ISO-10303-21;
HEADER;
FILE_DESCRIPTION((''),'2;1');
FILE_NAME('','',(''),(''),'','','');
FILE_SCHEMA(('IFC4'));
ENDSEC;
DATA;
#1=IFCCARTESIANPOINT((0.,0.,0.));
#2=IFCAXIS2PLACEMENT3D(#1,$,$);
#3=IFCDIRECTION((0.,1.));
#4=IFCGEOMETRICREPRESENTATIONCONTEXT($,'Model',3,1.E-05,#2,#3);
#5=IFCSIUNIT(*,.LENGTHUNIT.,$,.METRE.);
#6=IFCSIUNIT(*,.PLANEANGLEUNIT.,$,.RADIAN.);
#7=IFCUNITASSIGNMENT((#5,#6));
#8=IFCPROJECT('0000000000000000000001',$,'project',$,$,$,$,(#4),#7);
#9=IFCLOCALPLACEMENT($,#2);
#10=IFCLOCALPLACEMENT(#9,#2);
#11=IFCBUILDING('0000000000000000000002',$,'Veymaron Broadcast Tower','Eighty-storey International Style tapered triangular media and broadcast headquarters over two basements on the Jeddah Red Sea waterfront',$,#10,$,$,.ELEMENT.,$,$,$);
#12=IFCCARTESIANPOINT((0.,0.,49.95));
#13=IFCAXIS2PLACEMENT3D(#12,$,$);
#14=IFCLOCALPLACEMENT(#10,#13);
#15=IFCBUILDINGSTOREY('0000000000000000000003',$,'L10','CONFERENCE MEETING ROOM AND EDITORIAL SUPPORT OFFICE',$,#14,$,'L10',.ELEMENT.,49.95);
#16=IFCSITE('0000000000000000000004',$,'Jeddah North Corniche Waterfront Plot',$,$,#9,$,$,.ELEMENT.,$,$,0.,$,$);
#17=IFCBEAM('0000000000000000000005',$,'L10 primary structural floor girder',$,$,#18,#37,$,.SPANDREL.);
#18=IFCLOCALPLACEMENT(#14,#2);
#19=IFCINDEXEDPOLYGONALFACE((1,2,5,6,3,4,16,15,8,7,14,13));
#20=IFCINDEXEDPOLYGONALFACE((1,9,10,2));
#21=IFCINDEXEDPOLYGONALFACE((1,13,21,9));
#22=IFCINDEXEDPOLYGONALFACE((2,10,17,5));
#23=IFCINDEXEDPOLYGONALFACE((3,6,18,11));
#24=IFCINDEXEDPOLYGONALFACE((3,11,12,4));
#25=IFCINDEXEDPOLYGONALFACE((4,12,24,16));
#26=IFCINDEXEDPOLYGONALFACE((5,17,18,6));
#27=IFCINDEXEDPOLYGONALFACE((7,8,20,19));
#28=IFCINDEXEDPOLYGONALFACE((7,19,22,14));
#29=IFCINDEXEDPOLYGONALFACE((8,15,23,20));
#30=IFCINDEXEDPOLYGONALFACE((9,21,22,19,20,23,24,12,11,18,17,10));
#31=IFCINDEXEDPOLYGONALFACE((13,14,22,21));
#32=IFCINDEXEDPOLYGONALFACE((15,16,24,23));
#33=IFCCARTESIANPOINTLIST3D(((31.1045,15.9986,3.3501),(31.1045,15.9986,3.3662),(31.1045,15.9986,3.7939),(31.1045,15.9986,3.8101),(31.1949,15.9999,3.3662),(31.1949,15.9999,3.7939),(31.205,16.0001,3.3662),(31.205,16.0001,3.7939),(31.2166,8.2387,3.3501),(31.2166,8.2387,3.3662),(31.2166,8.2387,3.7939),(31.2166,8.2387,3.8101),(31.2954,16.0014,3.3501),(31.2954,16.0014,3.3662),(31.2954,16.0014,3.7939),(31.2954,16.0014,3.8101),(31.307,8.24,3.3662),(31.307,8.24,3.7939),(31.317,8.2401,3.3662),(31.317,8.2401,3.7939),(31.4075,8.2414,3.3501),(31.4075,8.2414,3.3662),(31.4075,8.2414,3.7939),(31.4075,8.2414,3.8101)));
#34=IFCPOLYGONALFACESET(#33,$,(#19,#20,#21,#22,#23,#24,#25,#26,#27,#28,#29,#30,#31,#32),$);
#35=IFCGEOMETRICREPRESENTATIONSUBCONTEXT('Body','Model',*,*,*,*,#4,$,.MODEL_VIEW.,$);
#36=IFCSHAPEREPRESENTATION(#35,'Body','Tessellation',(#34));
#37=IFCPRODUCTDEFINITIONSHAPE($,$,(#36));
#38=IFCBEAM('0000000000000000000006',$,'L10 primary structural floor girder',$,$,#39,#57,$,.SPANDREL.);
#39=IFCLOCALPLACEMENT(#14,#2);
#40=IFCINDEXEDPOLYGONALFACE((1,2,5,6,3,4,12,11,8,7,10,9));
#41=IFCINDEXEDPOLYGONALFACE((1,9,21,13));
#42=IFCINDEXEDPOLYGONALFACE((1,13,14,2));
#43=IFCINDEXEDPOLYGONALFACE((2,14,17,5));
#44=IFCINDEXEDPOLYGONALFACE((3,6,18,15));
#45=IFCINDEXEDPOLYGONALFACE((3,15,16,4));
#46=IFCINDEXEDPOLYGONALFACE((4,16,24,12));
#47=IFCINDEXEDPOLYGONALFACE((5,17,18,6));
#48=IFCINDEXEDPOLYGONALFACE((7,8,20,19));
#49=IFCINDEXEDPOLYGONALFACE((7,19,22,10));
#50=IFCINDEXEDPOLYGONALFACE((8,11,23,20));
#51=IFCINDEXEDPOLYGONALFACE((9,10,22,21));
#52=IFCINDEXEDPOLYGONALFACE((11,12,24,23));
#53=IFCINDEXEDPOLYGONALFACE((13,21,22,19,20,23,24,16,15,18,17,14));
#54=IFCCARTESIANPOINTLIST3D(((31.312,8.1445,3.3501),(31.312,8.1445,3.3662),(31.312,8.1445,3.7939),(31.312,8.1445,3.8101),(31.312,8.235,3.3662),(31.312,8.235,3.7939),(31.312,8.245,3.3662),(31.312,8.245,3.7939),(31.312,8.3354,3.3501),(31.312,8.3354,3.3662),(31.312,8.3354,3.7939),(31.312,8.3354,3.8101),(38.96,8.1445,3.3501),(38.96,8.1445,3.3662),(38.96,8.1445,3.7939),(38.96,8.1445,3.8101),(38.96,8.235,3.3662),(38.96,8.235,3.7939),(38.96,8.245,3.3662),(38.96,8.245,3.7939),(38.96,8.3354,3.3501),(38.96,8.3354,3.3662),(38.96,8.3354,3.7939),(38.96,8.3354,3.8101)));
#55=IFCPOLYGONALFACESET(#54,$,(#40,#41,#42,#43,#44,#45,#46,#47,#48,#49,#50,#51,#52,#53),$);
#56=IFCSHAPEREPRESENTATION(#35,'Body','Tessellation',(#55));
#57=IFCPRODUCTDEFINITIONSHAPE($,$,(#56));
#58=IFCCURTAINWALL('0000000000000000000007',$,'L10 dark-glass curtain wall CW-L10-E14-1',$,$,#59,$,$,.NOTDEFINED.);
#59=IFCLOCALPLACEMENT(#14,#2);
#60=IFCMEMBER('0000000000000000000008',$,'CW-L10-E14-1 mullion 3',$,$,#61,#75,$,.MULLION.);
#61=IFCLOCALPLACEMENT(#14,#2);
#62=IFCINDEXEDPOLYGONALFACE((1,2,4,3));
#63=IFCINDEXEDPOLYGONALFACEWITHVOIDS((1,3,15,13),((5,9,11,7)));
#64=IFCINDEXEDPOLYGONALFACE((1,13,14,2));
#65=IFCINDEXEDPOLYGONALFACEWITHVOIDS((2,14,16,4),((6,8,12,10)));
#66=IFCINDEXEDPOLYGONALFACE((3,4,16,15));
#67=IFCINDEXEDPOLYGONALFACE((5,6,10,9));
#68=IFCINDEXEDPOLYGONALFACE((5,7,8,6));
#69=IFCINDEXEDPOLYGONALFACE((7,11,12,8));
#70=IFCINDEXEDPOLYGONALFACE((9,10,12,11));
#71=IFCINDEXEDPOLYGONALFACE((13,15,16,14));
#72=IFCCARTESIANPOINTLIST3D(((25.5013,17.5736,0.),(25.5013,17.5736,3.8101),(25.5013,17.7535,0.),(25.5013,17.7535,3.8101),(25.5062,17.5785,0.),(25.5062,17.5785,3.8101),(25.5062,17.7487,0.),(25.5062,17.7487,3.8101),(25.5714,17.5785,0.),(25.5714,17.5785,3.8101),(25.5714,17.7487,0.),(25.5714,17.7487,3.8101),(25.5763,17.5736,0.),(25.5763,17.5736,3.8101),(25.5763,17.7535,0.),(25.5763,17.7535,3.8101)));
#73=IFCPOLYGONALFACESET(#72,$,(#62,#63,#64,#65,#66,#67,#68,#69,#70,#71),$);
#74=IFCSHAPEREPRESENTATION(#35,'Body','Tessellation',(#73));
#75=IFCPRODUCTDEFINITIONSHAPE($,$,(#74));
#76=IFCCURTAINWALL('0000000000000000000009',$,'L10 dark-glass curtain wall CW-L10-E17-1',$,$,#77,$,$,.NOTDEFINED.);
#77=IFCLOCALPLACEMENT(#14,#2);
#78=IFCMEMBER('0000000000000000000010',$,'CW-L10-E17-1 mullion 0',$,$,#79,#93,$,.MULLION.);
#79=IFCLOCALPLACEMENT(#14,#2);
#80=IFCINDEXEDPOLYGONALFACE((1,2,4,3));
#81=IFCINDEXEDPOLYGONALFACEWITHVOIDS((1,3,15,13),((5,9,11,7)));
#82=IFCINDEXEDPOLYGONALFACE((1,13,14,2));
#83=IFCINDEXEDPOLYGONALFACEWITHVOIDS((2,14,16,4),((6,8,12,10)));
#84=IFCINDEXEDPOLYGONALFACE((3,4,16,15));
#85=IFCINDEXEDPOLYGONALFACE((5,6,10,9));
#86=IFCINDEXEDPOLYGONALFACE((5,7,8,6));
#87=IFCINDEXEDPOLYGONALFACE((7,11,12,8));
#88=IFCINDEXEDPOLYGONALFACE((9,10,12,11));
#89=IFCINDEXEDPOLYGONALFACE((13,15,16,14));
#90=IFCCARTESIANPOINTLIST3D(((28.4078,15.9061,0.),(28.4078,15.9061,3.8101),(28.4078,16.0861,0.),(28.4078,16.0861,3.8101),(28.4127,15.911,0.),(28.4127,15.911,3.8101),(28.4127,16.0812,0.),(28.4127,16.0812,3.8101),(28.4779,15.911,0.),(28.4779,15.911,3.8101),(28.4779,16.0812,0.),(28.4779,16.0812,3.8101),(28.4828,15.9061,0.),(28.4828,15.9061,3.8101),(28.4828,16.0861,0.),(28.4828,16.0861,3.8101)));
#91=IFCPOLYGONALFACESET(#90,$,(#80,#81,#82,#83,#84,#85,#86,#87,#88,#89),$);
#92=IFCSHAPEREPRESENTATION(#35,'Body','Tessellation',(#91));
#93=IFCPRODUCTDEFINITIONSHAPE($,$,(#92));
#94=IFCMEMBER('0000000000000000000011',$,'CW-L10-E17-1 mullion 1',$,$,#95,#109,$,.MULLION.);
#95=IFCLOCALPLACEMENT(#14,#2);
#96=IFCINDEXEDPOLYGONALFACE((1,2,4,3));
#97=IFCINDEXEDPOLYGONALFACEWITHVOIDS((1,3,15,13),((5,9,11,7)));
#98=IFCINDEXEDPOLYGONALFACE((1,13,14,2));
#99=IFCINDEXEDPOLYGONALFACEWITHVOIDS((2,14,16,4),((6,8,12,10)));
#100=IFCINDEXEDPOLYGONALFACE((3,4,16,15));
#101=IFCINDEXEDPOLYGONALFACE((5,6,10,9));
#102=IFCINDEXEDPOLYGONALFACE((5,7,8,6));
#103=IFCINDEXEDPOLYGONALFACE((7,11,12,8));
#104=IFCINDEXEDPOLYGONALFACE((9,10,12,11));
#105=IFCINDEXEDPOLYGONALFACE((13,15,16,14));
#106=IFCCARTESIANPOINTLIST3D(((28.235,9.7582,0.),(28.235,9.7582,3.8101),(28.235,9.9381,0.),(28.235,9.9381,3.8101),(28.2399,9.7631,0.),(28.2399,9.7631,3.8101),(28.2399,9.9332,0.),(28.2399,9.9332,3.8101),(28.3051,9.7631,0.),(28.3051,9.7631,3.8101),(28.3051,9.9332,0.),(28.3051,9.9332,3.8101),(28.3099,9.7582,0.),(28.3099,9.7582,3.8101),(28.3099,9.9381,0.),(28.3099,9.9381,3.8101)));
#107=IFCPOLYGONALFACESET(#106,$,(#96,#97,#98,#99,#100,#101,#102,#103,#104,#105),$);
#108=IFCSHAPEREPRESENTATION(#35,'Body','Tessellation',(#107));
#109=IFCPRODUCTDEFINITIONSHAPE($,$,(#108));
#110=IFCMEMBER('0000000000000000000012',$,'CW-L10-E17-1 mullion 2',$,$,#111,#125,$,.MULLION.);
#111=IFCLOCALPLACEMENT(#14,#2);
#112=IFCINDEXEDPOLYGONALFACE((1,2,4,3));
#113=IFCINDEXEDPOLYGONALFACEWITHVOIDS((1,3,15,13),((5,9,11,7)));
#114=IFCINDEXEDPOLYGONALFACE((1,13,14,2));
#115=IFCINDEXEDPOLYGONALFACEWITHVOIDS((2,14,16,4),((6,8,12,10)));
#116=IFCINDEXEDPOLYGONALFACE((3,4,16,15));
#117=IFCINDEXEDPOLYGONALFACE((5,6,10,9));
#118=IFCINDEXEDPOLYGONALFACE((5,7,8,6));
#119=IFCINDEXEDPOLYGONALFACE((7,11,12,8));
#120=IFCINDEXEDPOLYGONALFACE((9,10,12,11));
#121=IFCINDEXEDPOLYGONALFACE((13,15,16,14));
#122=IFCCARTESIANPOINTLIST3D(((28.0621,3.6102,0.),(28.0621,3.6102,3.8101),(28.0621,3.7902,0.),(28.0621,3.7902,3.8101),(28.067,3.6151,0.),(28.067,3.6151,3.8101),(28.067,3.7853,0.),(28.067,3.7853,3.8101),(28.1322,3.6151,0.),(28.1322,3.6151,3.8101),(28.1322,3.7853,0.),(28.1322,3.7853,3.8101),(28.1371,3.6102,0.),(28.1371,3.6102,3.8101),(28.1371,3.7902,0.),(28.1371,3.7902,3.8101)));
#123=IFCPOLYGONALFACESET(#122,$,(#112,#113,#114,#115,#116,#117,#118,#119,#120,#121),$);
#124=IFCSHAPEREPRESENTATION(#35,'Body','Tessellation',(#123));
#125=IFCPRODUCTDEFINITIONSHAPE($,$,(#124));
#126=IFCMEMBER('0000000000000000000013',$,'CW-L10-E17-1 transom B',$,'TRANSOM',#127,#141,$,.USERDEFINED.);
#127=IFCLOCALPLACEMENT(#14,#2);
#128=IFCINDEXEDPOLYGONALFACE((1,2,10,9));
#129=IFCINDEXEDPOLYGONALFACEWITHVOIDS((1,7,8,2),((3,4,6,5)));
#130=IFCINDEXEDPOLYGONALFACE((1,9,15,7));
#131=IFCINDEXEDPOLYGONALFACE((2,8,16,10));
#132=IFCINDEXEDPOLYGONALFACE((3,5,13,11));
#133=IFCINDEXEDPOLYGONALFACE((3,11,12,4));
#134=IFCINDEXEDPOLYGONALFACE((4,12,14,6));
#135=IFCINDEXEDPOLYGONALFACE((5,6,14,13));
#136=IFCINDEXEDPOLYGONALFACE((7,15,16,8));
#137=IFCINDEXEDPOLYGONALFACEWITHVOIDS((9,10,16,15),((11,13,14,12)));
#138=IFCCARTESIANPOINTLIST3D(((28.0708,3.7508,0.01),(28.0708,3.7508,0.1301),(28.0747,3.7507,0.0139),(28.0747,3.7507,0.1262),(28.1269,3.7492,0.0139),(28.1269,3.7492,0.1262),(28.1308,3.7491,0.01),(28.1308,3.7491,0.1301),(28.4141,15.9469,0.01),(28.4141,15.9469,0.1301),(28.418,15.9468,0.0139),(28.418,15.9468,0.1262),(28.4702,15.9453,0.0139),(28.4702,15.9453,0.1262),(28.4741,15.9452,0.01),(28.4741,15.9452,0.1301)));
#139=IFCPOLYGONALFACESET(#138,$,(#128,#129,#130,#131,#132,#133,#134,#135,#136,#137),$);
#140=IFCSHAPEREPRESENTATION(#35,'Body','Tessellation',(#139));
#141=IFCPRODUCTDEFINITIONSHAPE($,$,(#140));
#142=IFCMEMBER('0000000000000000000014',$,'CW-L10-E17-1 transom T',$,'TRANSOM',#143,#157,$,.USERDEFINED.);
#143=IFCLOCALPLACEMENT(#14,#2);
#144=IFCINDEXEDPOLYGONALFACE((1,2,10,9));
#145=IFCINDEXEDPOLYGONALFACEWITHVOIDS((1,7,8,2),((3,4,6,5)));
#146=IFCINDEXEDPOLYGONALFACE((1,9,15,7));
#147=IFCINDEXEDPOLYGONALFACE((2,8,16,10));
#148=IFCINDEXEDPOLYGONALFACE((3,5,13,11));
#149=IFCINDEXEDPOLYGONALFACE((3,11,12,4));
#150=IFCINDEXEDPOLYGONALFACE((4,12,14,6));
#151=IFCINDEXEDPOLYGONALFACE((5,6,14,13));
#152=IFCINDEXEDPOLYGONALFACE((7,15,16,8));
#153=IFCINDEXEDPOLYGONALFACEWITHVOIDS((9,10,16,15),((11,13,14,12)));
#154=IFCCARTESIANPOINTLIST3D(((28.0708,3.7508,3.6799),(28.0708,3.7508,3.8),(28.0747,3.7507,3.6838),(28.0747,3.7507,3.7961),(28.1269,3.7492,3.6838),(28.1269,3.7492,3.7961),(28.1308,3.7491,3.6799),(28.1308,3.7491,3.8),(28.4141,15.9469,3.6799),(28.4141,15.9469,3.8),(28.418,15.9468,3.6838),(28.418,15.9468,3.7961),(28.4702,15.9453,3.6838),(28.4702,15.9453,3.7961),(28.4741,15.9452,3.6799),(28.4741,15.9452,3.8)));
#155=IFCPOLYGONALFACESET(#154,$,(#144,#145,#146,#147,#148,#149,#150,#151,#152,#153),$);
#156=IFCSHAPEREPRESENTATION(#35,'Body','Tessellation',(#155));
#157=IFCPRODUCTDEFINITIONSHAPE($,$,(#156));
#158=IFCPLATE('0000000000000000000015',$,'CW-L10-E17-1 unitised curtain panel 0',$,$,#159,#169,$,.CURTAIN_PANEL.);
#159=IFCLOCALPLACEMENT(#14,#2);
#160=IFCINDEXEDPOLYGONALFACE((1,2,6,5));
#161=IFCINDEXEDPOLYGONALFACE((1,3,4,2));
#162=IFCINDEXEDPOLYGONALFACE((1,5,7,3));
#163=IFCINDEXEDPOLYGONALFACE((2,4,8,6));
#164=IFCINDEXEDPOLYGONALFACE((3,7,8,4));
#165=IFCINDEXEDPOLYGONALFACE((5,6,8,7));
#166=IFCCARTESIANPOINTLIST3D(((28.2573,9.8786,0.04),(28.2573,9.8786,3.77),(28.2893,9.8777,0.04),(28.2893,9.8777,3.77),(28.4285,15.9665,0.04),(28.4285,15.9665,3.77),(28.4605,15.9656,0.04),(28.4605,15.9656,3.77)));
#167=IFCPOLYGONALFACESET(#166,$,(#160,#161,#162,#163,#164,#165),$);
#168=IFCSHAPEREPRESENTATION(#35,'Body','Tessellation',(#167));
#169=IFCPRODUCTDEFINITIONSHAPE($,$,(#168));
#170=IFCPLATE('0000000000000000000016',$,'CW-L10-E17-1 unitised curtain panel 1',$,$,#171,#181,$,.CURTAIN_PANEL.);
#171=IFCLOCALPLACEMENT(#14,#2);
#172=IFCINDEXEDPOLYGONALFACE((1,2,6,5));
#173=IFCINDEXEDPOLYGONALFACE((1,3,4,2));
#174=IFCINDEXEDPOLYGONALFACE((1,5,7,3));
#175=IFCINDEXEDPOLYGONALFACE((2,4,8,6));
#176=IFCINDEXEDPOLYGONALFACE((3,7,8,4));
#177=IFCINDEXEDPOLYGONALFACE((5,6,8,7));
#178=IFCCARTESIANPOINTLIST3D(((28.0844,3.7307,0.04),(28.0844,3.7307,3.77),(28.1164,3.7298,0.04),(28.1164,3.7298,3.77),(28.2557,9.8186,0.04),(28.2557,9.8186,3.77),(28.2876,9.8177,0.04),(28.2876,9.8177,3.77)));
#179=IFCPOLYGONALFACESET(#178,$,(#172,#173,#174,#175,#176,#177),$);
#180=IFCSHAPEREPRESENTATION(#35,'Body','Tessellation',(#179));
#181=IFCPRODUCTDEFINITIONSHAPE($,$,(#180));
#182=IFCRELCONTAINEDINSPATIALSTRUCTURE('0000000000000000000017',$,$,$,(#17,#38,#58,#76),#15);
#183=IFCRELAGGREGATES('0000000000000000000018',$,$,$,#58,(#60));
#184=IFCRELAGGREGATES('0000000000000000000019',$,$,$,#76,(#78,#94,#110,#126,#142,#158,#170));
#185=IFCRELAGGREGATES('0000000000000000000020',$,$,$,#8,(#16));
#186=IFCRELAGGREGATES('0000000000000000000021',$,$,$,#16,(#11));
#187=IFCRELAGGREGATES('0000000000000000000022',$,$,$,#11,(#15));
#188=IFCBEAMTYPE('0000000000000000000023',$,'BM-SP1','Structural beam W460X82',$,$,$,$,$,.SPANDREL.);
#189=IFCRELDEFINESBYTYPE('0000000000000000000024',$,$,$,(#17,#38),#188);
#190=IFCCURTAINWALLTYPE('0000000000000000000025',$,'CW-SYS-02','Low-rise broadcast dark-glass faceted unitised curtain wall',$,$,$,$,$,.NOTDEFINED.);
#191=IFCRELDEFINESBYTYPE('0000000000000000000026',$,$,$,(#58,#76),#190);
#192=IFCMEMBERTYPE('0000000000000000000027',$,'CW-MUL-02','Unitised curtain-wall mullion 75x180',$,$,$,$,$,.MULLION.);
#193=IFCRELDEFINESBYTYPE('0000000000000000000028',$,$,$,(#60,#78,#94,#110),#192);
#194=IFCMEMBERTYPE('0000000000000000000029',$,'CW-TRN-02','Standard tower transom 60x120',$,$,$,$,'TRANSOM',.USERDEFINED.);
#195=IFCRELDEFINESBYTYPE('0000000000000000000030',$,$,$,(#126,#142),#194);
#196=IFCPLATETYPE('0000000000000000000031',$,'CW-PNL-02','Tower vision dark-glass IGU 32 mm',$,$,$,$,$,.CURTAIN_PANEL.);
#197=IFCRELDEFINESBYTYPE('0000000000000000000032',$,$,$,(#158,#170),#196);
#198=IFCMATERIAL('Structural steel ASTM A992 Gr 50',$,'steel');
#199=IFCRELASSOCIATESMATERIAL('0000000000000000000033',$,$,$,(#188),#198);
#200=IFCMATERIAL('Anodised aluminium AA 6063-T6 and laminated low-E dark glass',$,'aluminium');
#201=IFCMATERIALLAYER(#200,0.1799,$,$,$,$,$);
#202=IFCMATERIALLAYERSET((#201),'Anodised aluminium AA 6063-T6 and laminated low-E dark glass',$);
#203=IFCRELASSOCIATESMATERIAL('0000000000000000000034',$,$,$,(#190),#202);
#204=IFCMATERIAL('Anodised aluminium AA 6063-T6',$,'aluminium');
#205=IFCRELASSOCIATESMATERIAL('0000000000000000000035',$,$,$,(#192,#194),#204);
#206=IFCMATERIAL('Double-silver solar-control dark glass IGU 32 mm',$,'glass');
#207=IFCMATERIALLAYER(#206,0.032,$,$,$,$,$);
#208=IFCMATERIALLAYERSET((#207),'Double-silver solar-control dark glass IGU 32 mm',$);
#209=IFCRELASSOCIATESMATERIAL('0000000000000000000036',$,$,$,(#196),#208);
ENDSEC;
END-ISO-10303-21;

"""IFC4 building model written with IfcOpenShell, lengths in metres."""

from ifc_helpers import new_model, si_unit, direction, frame, origin, origin_2d, place, context, subcontext, project, spatial, rectangle, hollow_rectangle, i_section, extrude, material, layer, layer_set, material_profile, profile_set, type_object, element, aggregate, save


model = new_model("IFC4")

# Units and contexts
model_context = context("Model", 3, precision=1e-05, world=origin(), true_north=direction((0.0, 1.0)))
body_context = subcontext(model_context, "Body", "Model", "MODEL_VIEW")
ifc_project = project(units=[si_unit("LENGTHUNIT", "METRE"), si_unit("PLANEANGLEUNIT", "RADIAN")], contexts=[model_context])

# Site, building, storey
site_placement = place(None, origin())
site = spatial("IfcSite", under=ifc_project, at=site_placement, Name="Jeddah North Corniche Waterfront Plot", CompositionType="ELEMENT", RefElevation=0.0)
building_placement = place(site_placement, origin())
building = spatial("IfcBuilding", under=site, at=building_placement, Name="Veymaron Broadcast Tower", Description="Eighty-storey International Style tapered triangular media and broadcast headquarters over two basements on the Jeddah Red Sea waterfront", CompositionType="ELEMENT")
storey_placement = place(building_placement, frame((0.0, 0.0, 49.95)))
storey = spatial("IfcBuildingStorey", under=building, at=storey_placement, Name="L10", Description="CONFERENCE MEETING ROOM AND EDITORIAL SUPPORT OFFICE", LongName="L10", CompositionType="ELEMENT", Elevation=49.95)

# Beams
ifc_material_1 = material(Name="Structural steel ASTM A992 Gr 50", Category="steel")
ifc_material_profile_1 = material_profile(ifc_material_1, i_section(OverallWidth=0.1909, OverallDepth=0.46, WebThickness=0.01, FlangeThickness=0.0161, at=origin_2d()), Name="W460X82")
ifc_profile_set_1 = profile_set([ifc_material_profile_1], Name="Structural steel ASTM A992 Gr 50")
beam_type_1 = type_object("IfcBeamType", Name="BM-SP1", Description="Structural beam W460X82", PredefinedType="SPANDREL", material=ifc_profile_set_1)
beam_1_placement = place(storey_placement, frame((31.2, 16.0, 3.5801), z_axis=(0.014439, -0.999896, 0.0), x_axis=(0.999896, 0.014439, 0.0)))
element("IfcBeam", 1, at=beam_1_placement, inside=storey, type_object=beam_type_1, Name="L10 primary structural floor girder", PredefinedType="SPANDREL", context=body_context, shape_type="SweptSolid", body=[
    extrude(i_section(OverallWidth=0.1909, OverallDepth=0.46, WebThickness=0.01, FlangeThickness=0.0161, at=origin_2d()), origin(), (0.0, 0.0, 1.0), 7.7607),
])
beam_2_placement = place(storey_placement, frame((31.312, 8.24, 3.5801), z_axis=(1.0, 0.0, 0.0), x_axis=(0.0, 1.0, 0.0)))
element("IfcBeam", 2, at=beam_2_placement, inside=storey, type_object=beam_type_1, Name="L10 primary structural floor girder", PredefinedType="SPANDREL", context=body_context, shape_type="SweptSolid", body=[
    extrude(i_section(OverallWidth=0.1909, OverallDepth=0.46, WebThickness=0.01, FlangeThickness=0.0161, at=origin_2d()), origin(), (0.0, 0.0, 1.0), 7.6479),
])

# Curtain wall, member
ifc_material_2 = material(Name="Anodised aluminium AA 6063-T6 and laminated low-E dark glass", Category="aluminium")
ifc_layer_1 = layer(ifc_material_2, 0.1799)
ifc_layer_set_1 = layer_set([ifc_layer_1], Name="Anodised aluminium AA 6063-T6 and laminated low-E dark glass")
curtain_wall_type = type_object("IfcCurtainWallType", Name="CW-SYS-02", Description="Low-rise broadcast dark-glass faceted unitised curtain wall", PredefinedType="NOTDEFINED", material=ifc_layer_set_1)
curtain_wall_1_placement = place(storey_placement, origin())
curtain_wall_1 = element("IfcCurtainWall", 3, at=curtain_wall_1_placement, inside=storey, type_object=curtain_wall_type, Name="L10 dark-glass curtain wall CW-L10-E14-1", PredefinedType="NOTDEFINED")
ifc_material_3 = material(Name="Anodised aluminium AA 6063-T6", Category="aluminium")
ifc_material_profile_2 = material_profile(ifc_material_3, hollow_rectangle(XDim=0.075, YDim=0.1799, WallThickness=0.0049, at=origin_2d()), Name="AL180X75X5")
ifc_profile_set_2 = profile_set([ifc_material_profile_2], Name="Anodised aluminium AA 6063-T6")
member_type_1 = type_object("IfcMemberType", Name="CW-MUL-02", Description="Unitised curtain-wall mullion 75x180", PredefinedType="MULLION", material=ifc_profile_set_2)
member_1_placement = place(storey_placement, frame((25.5388, 17.6636, 0.0), z_axis=(0.0, 0.0, 1.0), x_axis=(1.0, 0.0, 0.0)))
member_1 = element("IfcMember", 4, at=member_1_placement, type_object=member_type_1, Name="CW-L10-E14-1 mullion 3", PredefinedType="MULLION", context=body_context, shape_type="SweptSolid", body=[
    extrude(hollow_rectangle(XDim=0.075, YDim=0.1799, WallThickness=0.0049, at=origin_2d()), origin(), (0.0, 0.0, 1.0), 3.8101),
])
aggregate(curtain_wall_1, [member_1])

# Curtain wall, members, plates
curtain_wall_2_placement = place(storey_placement, origin())
curtain_wall_2 = element("IfcCurtainWall", 5, at=curtain_wall_2_placement, inside=storey, type_object=curtain_wall_type, Name="L10 dark-glass curtain wall CW-L10-E17-1", PredefinedType="NOTDEFINED")
member_2_placement = place(storey_placement, frame((28.4453, 15.9961, 0.0), z_axis=(0.0, 0.0, 1.0), x_axis=(1.0, 0.0, 0.0)))
member_2 = element("IfcMember", 6, at=member_2_placement, type_object=member_type_1, Name="CW-L10-E17-1 mullion 0", PredefinedType="MULLION", context=body_context, shape_type="SweptSolid", body=[
    extrude(hollow_rectangle(XDim=0.075, YDim=0.1799, WallThickness=0.0049, at=origin_2d()), origin(), (0.0, 0.0, 1.0), 3.8101),
])
member_3_placement = place(storey_placement, frame((28.2725, 9.8481, 0.0), z_axis=(0.0, 0.0, 1.0), x_axis=(1.0, 0.0, 0.0)))
member_3 = element("IfcMember", 7, at=member_3_placement, type_object=member_type_1, Name="CW-L10-E17-1 mullion 1", PredefinedType="MULLION", context=body_context, shape_type="SweptSolid", body=[
    extrude(hollow_rectangle(XDim=0.075, YDim=0.1799, WallThickness=0.0049, at=origin_2d()), origin(), (0.0, 0.0, 1.0), 3.8101),
])
member_4_placement = place(storey_placement, frame((28.0996, 3.7002, 0.0), z_axis=(0.0, 0.0, 1.0), x_axis=(1.0, 0.0, 0.0)))
member_4 = element("IfcMember", 8, at=member_4_placement, type_object=member_type_1, Name="CW-L10-E17-1 mullion 2", PredefinedType="MULLION", context=body_context, shape_type="SweptSolid", body=[
    extrude(hollow_rectangle(XDim=0.075, YDim=0.1799, WallThickness=0.0049, at=origin_2d()), origin(), (0.0, 0.0, 1.0), 3.8101),
])
ifc_material_profile_3 = material_profile(ifc_material_3, hollow_rectangle(XDim=0.0601, YDim=0.1201, WallThickness=0.0039, at=origin_2d()), Name="AL120X60X4")
ifc_profile_set_3 = profile_set([ifc_material_profile_3], Name="Anodised aluminium AA 6063-T6")
member_type_2 = type_object("IfcMemberType", Name="CW-TRN-02", Description="Standard tower transom 60x120", ElementType="TRANSOM", PredefinedType="USERDEFINED", material=ifc_profile_set_3)
member_5_placement = place(storey_placement, frame((28.4441, 15.946, 0.0701), z_axis=(-0.028134, -0.999604, 0.0), x_axis=(0.999604, -0.028134, 0.0)))
member_5 = element("IfcMember", 9, at=member_5_placement, type_object=member_type_2, Name="CW-L10-E17-1 transom B", ObjectType="TRANSOM", PredefinedType="USERDEFINED", context=body_context, shape_type="SweptSolid", body=[
    extrude(hollow_rectangle(XDim=0.0601, YDim=0.1201, WallThickness=0.0039, at=origin_2d()), origin(), (0.0, 0.0, 1.0), 12.2009),
])
member_6_placement = place(storey_placement, frame((28.4441, 15.946, 3.74), z_axis=(-0.028134, -0.999604, 0.0), x_axis=(0.999604, -0.028134, 0.0)))
member_6 = element("IfcMember", 10, at=member_6_placement, type_object=member_type_2, Name="CW-L10-E17-1 transom T", ObjectType="TRANSOM", PredefinedType="USERDEFINED", context=body_context, shape_type="SweptSolid", body=[
    extrude(hollow_rectangle(XDim=0.0601, YDim=0.1201, WallThickness=0.0039, at=origin_2d()), origin(), (0.0, 0.0, 1.0), 12.2009),
])
ifc_material_4 = material(Name="Double-silver solar-control dark glass IGU 32 mm", Category="glass")
ifc_layer_2 = layer(ifc_material_4, 0.032)
ifc_layer_set_2 = layer_set([ifc_layer_2], Name="Double-silver solar-control dark glass IGU 32 mm")
plate_type = type_object("IfcPlateType", Name="CW-PNL-02", Description="Tower vision dark-glass IGU 32 mm", PredefinedType="CURTAIN_PANEL", material=ifc_layer_set_2)
plate_1_placement = place(storey_placement, frame((28.3589, 12.9221, 0.04), z_axis=(0.0, 0.0, 1.0), x_axis=(-0.028114, -0.999605, 0.0)))
plate_1 = element("IfcPlate", 11, at=plate_1_placement, type_object=plate_type, Name="CW-L10-E17-1 unitised curtain panel 0", PredefinedType="CURTAIN_PANEL", context=body_context, shape_type="SweptSolid", body=[
    extrude(rectangle(XDim=6.0903, YDim=0.032, at=origin_2d()), origin(), (0.0, 0.0, 1.0), 3.73),
])
plate_2_placement = place(storey_placement, frame((28.186, 6.7742, 0.04), z_axis=(0.0, 0.0, 1.0), x_axis=(-0.028114, -0.999605, 0.0)))
plate_2 = element("IfcPlate", 12, at=plate_2_placement, type_object=plate_type, Name="CW-L10-E17-1 unitised curtain panel 1", PredefinedType="CURTAIN_PANEL", context=body_context, shape_type="SweptSolid", body=[
    extrude(rectangle(XDim=6.0903, YDim=0.032, at=origin_2d()), origin(), (0.0, 0.0, 1.0), 3.73),
])
aggregate(curtain_wall_2, [member_2, member_3, member_4, member_5, member_6, plate_1, plate_2])

save(model, "model.ifc")
